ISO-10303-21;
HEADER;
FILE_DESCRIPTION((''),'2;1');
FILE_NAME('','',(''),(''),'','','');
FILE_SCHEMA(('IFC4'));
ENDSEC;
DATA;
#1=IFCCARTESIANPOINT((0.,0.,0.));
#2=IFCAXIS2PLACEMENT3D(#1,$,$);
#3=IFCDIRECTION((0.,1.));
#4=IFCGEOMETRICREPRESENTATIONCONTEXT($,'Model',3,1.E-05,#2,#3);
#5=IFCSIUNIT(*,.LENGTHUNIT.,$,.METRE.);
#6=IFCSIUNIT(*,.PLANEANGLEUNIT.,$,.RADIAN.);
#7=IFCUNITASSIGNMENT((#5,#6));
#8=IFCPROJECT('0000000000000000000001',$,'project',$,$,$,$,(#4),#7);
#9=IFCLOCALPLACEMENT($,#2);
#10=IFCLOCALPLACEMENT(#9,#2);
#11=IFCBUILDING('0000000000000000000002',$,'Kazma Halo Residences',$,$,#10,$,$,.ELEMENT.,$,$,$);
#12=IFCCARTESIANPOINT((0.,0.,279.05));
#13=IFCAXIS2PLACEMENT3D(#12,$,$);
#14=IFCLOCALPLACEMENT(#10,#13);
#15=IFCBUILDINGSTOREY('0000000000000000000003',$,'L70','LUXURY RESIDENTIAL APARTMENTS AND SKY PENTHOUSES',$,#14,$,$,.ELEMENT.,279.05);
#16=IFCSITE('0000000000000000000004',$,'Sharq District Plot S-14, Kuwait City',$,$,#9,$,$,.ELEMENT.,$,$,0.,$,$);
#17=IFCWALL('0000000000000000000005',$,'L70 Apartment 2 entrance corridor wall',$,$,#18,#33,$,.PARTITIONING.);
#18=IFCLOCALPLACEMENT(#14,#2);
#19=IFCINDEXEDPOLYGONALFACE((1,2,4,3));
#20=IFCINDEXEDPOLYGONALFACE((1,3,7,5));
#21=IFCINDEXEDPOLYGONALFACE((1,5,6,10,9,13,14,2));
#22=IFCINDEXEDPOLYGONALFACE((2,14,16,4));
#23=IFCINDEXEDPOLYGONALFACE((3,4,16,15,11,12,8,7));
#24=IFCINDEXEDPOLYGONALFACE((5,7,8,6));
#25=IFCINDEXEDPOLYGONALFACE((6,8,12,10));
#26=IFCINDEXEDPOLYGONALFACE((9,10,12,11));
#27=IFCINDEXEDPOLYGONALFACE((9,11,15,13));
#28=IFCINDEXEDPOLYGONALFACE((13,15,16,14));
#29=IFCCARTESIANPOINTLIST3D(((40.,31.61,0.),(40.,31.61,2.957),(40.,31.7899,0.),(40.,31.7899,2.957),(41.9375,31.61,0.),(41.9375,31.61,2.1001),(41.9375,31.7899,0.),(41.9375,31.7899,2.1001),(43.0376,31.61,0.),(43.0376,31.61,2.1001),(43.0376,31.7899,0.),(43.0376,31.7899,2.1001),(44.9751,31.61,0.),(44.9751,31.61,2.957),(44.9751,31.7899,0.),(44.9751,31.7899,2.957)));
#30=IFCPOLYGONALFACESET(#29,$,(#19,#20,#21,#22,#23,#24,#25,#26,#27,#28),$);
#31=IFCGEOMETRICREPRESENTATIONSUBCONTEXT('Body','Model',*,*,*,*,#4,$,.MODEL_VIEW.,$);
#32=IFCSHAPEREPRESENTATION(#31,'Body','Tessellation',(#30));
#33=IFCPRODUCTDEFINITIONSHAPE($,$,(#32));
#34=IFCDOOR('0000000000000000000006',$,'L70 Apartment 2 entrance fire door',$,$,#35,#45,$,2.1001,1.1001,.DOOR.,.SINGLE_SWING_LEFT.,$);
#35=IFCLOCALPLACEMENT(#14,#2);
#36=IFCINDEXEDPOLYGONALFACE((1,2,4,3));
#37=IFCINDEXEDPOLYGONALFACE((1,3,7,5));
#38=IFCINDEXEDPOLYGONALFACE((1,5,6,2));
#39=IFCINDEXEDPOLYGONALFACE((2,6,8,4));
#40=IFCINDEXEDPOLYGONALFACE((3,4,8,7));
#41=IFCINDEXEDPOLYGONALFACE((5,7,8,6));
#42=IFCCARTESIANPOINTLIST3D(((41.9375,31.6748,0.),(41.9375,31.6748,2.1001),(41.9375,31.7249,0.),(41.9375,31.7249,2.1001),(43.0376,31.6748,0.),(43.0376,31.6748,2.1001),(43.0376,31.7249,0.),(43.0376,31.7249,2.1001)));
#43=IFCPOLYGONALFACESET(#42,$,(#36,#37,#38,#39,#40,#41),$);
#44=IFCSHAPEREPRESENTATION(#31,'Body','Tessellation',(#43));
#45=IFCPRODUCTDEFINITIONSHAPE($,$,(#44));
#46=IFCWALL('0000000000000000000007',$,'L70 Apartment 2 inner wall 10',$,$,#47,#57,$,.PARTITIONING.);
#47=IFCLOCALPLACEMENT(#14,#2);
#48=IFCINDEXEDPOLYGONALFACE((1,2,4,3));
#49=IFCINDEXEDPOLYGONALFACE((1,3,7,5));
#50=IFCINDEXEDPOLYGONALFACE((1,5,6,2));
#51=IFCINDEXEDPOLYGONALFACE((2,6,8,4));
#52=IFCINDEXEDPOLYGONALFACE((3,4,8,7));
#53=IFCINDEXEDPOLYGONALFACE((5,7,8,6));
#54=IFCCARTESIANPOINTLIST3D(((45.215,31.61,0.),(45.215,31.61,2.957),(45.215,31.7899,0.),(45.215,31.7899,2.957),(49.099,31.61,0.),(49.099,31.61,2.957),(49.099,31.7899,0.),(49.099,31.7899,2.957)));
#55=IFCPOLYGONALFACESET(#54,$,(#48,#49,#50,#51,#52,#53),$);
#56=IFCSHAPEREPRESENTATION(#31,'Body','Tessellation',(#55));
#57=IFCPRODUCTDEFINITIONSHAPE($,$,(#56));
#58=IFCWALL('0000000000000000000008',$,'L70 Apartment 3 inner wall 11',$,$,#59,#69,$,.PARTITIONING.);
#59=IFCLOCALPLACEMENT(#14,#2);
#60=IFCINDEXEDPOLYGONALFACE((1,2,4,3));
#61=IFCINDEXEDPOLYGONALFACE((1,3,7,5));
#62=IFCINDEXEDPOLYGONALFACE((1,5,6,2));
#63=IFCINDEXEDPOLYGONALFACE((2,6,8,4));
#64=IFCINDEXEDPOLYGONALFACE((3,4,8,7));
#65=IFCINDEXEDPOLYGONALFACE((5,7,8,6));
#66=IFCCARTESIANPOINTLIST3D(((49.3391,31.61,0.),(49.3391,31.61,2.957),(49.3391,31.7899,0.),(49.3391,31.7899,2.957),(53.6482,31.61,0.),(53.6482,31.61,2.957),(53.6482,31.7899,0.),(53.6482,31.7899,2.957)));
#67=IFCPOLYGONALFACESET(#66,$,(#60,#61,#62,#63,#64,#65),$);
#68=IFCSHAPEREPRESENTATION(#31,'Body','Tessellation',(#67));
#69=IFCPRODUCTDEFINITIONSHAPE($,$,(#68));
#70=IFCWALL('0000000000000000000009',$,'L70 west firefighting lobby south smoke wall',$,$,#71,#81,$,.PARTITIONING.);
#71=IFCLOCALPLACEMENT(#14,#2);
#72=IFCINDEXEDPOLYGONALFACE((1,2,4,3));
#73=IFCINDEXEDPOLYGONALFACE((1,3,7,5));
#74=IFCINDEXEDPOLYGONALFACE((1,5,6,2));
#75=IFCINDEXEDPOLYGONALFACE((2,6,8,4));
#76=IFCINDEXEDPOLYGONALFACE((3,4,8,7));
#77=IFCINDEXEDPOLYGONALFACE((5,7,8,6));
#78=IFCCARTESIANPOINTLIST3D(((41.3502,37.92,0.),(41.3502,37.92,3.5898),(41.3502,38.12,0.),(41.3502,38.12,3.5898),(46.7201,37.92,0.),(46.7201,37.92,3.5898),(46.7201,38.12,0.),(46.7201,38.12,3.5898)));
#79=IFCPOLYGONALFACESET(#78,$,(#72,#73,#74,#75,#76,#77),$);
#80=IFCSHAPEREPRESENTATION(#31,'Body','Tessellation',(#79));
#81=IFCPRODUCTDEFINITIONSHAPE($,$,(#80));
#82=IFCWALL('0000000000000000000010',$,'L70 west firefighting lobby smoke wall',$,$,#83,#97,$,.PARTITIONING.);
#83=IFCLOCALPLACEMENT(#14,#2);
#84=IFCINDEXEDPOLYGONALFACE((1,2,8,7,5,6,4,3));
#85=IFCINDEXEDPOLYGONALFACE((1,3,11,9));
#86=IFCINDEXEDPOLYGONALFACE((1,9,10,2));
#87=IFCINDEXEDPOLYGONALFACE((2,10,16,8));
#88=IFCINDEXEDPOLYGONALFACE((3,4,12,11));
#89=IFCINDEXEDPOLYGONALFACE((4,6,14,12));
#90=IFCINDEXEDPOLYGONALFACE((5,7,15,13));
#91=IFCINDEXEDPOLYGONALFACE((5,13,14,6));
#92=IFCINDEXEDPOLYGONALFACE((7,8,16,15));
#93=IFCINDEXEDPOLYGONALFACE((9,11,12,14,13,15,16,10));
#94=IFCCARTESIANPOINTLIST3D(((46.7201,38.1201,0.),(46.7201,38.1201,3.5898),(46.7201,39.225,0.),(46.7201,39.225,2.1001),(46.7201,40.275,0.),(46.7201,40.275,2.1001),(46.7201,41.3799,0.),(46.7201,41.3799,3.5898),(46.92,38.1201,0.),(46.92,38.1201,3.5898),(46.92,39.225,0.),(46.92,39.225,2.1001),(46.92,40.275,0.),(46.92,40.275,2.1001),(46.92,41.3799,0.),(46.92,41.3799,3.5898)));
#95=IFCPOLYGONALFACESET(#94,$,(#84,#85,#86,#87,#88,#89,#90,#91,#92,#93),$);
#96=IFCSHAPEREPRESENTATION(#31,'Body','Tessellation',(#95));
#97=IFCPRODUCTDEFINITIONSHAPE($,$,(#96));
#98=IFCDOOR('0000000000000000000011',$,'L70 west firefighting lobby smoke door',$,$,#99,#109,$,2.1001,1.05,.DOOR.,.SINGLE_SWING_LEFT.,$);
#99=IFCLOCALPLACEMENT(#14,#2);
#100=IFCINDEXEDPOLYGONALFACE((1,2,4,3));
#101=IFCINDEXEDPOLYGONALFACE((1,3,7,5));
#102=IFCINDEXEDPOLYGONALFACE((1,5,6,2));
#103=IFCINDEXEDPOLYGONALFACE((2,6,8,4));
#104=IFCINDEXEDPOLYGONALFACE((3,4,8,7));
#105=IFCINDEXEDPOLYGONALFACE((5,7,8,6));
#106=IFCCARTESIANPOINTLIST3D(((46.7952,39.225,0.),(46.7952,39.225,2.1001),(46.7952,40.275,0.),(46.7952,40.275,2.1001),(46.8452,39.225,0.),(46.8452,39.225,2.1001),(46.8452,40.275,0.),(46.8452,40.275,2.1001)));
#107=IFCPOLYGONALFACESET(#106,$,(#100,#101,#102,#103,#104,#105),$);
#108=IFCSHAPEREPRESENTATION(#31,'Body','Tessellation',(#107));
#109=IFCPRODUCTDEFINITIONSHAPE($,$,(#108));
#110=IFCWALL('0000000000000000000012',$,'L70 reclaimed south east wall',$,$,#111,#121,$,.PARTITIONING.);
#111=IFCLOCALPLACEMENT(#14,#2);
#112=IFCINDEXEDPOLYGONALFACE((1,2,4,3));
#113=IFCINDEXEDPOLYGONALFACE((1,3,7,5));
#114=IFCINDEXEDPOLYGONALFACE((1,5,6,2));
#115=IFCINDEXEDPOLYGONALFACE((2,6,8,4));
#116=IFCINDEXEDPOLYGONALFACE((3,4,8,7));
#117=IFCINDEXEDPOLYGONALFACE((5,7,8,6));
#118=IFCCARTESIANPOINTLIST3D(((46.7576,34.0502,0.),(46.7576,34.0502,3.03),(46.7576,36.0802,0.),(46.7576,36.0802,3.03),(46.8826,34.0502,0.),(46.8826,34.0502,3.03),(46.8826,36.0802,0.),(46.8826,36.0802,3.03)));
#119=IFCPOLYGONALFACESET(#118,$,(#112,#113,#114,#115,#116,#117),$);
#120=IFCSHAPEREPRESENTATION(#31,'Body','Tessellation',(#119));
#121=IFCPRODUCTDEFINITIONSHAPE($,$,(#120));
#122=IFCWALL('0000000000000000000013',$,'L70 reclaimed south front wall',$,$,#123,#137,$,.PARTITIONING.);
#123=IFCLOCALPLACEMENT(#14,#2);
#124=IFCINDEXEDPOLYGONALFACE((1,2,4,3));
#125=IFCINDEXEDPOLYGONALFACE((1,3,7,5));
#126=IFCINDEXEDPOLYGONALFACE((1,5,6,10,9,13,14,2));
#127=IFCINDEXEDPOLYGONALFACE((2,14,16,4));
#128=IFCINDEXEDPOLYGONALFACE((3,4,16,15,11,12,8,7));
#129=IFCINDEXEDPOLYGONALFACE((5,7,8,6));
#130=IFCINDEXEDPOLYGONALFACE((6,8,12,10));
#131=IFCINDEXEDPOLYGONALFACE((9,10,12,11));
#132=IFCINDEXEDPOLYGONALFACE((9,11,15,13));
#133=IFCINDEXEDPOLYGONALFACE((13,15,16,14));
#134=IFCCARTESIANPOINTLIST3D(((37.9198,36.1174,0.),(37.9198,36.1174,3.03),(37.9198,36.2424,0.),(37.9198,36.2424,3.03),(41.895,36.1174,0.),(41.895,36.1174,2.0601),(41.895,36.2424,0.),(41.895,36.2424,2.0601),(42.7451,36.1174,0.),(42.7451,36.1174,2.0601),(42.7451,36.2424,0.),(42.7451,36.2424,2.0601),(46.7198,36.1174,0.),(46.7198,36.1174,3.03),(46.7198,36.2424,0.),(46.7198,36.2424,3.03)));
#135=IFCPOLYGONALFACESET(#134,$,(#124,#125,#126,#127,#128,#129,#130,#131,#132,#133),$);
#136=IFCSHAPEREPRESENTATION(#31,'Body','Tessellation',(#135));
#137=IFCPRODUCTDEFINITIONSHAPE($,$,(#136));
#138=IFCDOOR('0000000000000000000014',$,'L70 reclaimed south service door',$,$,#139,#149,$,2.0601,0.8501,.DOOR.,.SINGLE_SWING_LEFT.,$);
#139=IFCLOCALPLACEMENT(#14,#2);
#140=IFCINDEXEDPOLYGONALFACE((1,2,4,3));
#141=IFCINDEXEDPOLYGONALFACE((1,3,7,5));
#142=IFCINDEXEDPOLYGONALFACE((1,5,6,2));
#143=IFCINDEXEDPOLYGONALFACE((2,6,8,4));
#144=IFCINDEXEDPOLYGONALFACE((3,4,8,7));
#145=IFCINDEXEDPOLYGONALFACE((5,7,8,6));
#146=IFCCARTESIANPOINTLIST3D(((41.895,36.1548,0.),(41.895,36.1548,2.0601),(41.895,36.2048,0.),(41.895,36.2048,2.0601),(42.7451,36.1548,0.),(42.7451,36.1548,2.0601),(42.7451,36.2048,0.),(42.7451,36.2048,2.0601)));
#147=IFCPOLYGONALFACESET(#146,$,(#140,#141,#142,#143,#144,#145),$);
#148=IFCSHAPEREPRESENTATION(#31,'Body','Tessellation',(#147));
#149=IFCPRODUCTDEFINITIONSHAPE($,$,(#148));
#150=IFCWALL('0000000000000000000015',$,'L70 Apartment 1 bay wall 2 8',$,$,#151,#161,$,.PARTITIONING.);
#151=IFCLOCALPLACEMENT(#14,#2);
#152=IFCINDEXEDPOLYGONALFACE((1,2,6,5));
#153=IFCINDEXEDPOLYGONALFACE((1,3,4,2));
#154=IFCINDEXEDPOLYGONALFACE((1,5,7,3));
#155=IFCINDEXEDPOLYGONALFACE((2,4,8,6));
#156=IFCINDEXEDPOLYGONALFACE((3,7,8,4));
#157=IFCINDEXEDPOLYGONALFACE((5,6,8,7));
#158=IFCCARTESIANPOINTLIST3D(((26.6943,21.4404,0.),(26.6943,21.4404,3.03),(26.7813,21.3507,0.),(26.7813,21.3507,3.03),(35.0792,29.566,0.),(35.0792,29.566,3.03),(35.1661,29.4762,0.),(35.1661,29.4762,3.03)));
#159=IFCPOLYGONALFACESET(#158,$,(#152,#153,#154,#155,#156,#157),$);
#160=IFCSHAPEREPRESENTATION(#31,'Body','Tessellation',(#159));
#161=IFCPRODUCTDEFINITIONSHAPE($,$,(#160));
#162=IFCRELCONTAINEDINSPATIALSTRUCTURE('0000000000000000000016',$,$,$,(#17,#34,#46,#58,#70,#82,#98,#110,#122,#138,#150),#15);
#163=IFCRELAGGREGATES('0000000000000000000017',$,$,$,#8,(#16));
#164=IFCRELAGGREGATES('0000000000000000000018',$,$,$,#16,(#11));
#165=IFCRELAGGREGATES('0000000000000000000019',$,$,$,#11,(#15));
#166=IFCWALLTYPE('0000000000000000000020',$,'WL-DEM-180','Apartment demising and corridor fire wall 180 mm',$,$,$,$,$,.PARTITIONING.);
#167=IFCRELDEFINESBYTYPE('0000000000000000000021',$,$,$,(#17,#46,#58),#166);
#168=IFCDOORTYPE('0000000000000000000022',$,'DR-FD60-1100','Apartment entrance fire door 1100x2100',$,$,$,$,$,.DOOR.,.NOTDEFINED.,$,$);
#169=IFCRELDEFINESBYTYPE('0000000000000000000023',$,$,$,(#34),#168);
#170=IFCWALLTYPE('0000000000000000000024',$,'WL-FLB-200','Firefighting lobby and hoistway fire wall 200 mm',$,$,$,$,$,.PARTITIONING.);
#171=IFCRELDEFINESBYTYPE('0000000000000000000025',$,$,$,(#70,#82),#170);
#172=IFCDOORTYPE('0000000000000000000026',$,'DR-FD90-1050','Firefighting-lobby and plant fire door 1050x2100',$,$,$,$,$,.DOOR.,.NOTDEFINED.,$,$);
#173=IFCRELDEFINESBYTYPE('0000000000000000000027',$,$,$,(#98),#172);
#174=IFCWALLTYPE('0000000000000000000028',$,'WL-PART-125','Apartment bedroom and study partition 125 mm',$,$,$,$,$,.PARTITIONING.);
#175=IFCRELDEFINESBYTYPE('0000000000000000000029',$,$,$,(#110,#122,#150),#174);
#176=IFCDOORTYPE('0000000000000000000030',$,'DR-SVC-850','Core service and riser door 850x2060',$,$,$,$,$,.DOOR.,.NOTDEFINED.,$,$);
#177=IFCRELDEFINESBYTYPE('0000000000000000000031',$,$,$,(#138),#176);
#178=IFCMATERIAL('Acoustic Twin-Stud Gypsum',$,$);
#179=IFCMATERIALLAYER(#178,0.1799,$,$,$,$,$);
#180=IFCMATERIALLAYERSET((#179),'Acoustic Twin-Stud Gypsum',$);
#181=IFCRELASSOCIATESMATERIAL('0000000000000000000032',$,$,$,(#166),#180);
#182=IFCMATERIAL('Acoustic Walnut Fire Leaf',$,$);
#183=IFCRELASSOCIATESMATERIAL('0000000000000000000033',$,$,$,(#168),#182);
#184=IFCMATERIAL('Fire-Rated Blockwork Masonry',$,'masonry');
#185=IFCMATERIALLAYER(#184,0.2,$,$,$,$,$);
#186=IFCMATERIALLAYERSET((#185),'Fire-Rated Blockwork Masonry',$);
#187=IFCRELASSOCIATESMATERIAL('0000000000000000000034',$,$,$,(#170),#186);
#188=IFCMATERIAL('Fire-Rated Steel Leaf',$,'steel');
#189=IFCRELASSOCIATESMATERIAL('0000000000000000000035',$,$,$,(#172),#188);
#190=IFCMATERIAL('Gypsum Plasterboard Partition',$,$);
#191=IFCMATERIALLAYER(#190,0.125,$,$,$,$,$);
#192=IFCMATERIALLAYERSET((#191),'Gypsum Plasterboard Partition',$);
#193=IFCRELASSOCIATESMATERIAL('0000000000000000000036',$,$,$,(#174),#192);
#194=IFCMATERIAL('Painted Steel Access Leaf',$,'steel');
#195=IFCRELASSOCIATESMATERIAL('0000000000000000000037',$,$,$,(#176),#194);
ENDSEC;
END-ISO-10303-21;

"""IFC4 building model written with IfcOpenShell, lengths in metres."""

from ifc_helpers import new_model, si_unit, direction, frame, frame_2d, origin, place, context, subcontext, project, spatial, rectangle, extrude, material, layer, layer_set, type_object, element, fill, save


model = new_model("IFC4")

# Units and contexts
model_context = context("Model", 3, precision=1e-05, world=origin(), true_north=direction((0.0, 1.0)))
body_context = subcontext(model_context, "Body", "Model", "MODEL_VIEW")
ifc_project = project(units=[si_unit("LENGTHUNIT", "METRE"), si_unit("PLANEANGLEUNIT", "RADIAN")], contexts=[model_context])

# Site, building, storey
site_placement = place(None, origin())
site = spatial("IfcSite", under=ifc_project, at=site_placement, Name="Sharq District Plot S-14, Kuwait City", CompositionType="ELEMENT", RefElevation=0.0)
building_placement = place(site_placement, origin())
building = spatial("IfcBuilding", under=site, at=building_placement, Name="Kazma Halo Residences", CompositionType="ELEMENT")
storey_placement = place(building_placement, frame((0.0, 0.0, 279.05)))
storey = spatial("IfcBuildingStorey", under=building, at=storey_placement, Name="L70", Description="LUXURY RESIDENTIAL APARTMENTS AND SKY PENTHOUSES", CompositionType="ELEMENT", Elevation=279.05)

# Shared definitions
ifc_material_1 = material(Name="Acoustic Twin-Stud Gypsum")
ifc_layer_1 = layer(ifc_material_1, 0.1799)
ifc_layer_set_1 = layer_set([ifc_layer_1], Name="Acoustic Twin-Stud Gypsum")
wall_type_1 = type_object("IfcWallType", Name="WL-DEM-180", Description="Apartment demising and corridor fire wall 180 mm", PredefinedType="PARTITIONING", material=ifc_layer_set_1)

# Wall, opening, door
wall_1_placement = place(storey_placement, frame((40.0, 31.7, 0.0), z_axis=(0.0, 0.0, 1.0), x_axis=(1.0, 0.0, 0.0)))
wall_1 = element("IfcWall", 1, at=wall_1_placement, inside=storey, type_object=wall_type_1, Name="L70 Apartment 2 entrance corridor wall", PredefinedType="PARTITIONING", context=body_context, shape_type="SweptSolid", body=[
    extrude(rectangle(XDim=4.9751, YDim=0.1799, at=frame_2d((2.4875, 0.0))), origin(), (0.0, 0.0, 1.0), 2.957),
])
opening_1_placement = place(wall_1_placement, frame((1.9375, 0.0, 0.0)))
opening_1 = element("IfcOpeningElement", 2, at=opening_1_placement, cuts=wall_1, PredefinedType="OPENING", context=body_context, shape_type="SweptSolid", body=[
    extrude(rectangle(XDim=1.1001, YDim=2.1001, at=frame_2d((0.55, 1.05))), frame((0.0, 0.0999, 0.0), z_axis=(0.0, -1.0, 0.0), x_axis=(1.0, 0.0, 0.0)), (0.0, 0.0, 1.0), 0.2),
])
ifc_material_2 = material(Name="Acoustic Walnut Fire Leaf")
door_type_1 = type_object("IfcDoorType", Name="DR-FD60-1100", Description="Apartment entrance fire door 1100x2100", OperationType="NOTDEFINED", PredefinedType="DOOR", material=ifc_material_2)
door_1_placement = place(opening_1_placement, origin())
door_1 = element("IfcDoor", 3, at=door_1_placement, inside=storey, type_object=door_type_1, Name="L70 Apartment 2 entrance fire door", OperationType="SINGLE_SWING_LEFT", OverallHeight=2.1001, OverallWidth=1.1001, PredefinedType="DOOR", context=body_context, shape_type="SweptSolid", body=[
    extrude(rectangle(XDim=1.1001, YDim=2.1001, at=frame_2d((0.55, 1.05))), frame((0.0, 0.0249, 0.0), z_axis=(0.0, -1.0, 0.0), x_axis=(1.0, 0.0, 0.0)), (0.0, 0.0, 1.0), 0.05),
])
fill(opening_1, door_1)

# Walls
wall_2_placement = place(storey_placement, frame((45.2151, 31.7, 0.0), z_axis=(0.0, 0.0, 1.0), x_axis=(1.0, 0.0, 0.0)))
element("IfcWall", 4, at=wall_2_placement, inside=storey, type_object=wall_type_1, Name="L70 Apartment 2 inner wall 10", PredefinedType="PARTITIONING", context=body_context, shape_type="SweptSolid", body=[
    extrude(rectangle(XDim=3.884, YDim=0.1799, at=frame_2d((1.9419, 0.0))), origin(), (0.0, 0.0, 1.0), 2.957),
])
wall_3_placement = place(storey_placement, frame((49.3391, 31.7, 0.0), z_axis=(0.0, 0.0, 1.0), x_axis=(1.0, 0.0, 0.0)))
element("IfcWall", 5, at=wall_3_placement, inside=storey, type_object=wall_type_1, Name="L70 Apartment 3 inner wall 11", PredefinedType="PARTITIONING", context=body_context, shape_type="SweptSolid", body=[
    extrude(rectangle(XDim=4.3091, YDim=0.1799, at=frame_2d((2.1545, 0.0))), origin(), (0.0, 0.0, 1.0), 2.957),
])
ifc_material_3 = material(Name="Fire-Rated Blockwork Masonry", Category="masonry")
ifc_layer_2 = layer(ifc_material_3, 0.2)
ifc_layer_set_2 = layer_set([ifc_layer_2], Name="Fire-Rated Blockwork Masonry")
wall_type_2 = type_object("IfcWallType", Name="WL-FLB-200", Description="Firefighting lobby and hoistway fire wall 200 mm", PredefinedType="PARTITIONING", material=ifc_layer_set_2)
wall_4_placement = place(storey_placement, frame((41.3501, 38.02, 0.0), z_axis=(0.0, 0.0, 1.0), x_axis=(1.0, 0.0, 0.0)))
element("IfcWall", 6, at=wall_4_placement, inside=storey, type_object=wall_type_2, Name="L70 west firefighting lobby south smoke wall", PredefinedType="PARTITIONING", context=body_context, shape_type="SweptSolid", body=[
    extrude(rectangle(XDim=5.3699, YDim=0.2, at=frame_2d((2.6851, 0.0))), origin(), (0.0, 0.0, 1.0), 3.5898),
])

# Wall, opening, door
wall_5_placement = place(storey_placement, frame((46.8201, 38.1201, 0.0), z_axis=(0.0, 0.0, 1.0), x_axis=(0.0, 1.0, 0.0)))
wall_5 = element("IfcWall", 7, at=wall_5_placement, inside=storey, type_object=wall_type_2, Name="L70 west firefighting lobby smoke wall", PredefinedType="PARTITIONING", context=body_context, shape_type="SweptSolid", body=[
    extrude(rectangle(XDim=3.2598, YDim=0.2, at=frame_2d((1.6299, 0.0))), origin(), (0.0, 0.0, 1.0), 3.5898),
])
opening_2_placement = place(wall_5_placement, frame((1.105, 0.0, 0.0)))
opening_2 = element("IfcOpeningElement", 8, at=opening_2_placement, cuts=wall_5, PredefinedType="OPENING", context=body_context, shape_type="SweptSolid", body=[
    extrude(rectangle(XDim=1.05, YDim=2.1001, at=frame_2d((0.5249, 1.05))), frame((0.0, 0.1099, 0.0), z_axis=(0.0, -1.0, 0.0), x_axis=(1.0, 0.0, 0.0)), (0.0, 0.0, 1.0), 0.22),
])
ifc_material_4 = material(Name="Fire-Rated Steel Leaf", Category="steel")
door_type_2 = type_object("IfcDoorType", Name="DR-FD90-1050", Description="Firefighting-lobby and plant fire door 1050x2100", OperationType="NOTDEFINED", PredefinedType="DOOR", material=ifc_material_4)
door_2_placement = place(opening_2_placement, origin())
door_2 = element("IfcDoor", 9, at=door_2_placement, inside=storey, type_object=door_type_2, Name="L70 west firefighting lobby smoke door", OperationType="SINGLE_SWING_LEFT", OverallHeight=2.1001, OverallWidth=1.05, PredefinedType="DOOR", context=body_context, shape_type="SweptSolid", body=[
    extrude(rectangle(XDim=1.05, YDim=2.1001, at=frame_2d((0.5249, 1.05))), frame((0.0, 0.0249, 0.0), z_axis=(0.0, -1.0, 0.0), x_axis=(1.0, 0.0, 0.0)), (0.0, 0.0, 1.0), 0.05),
])
fill(opening_2, door_2)

# Wall
ifc_material_5 = material(Name="Gypsum Plasterboard Partition")
ifc_layer_3 = layer(ifc_material_5, 0.125)
ifc_layer_set_3 = layer_set([ifc_layer_3], Name="Gypsum Plasterboard Partition")
wall_type_3 = type_object("IfcWallType", Name="WL-PART-125", Description="Apartment bedroom and study partition 125 mm", PredefinedType="PARTITIONING", material=ifc_layer_set_3)
wall_6_placement = place(storey_placement, frame((46.8201, 34.05, 0.0), z_axis=(0.0, 0.0, 1.0), x_axis=(0.0, 1.0, 0.0)))
element("IfcWall", 10, at=wall_6_placement, inside=storey, type_object=wall_type_3, Name="L70 reclaimed south east wall", PredefinedType="PARTITIONING", context=body_context, shape_type="SweptSolid", body=[
    extrude(rectangle(XDim=2.03, YDim=0.125, at=frame_2d((1.0151, 0.0))), origin(), (0.0, 0.0, 1.0), 3.03),
])

# Wall, opening, door
wall_7_placement = place(storey_placement, frame((37.9199, 36.1799, 0.0), z_axis=(0.0, 0.0, 1.0), x_axis=(1.0, 0.0, 0.0)))
wall_7 = element("IfcWall", 11, at=wall_7_placement, inside=storey, type_object=wall_type_3, Name="L70 reclaimed south front wall", PredefinedType="PARTITIONING", context=body_context, shape_type="SweptSolid", body=[
    extrude(rectangle(XDim=8.8, YDim=0.125, at=frame_2d((4.3999, 0.0))), origin(), (0.0, 0.0, 1.0), 3.03),
])
opening_3_placement = place(wall_7_placement, frame((3.9751, 0.0, 0.0)))
opening_3 = element("IfcOpeningElement", 12, at=opening_3_placement, cuts=wall_7, PredefinedType="OPENING", context=body_context, shape_type="SweptSolid", body=[
    extrude(rectangle(XDim=0.8501, YDim=2.0601, at=frame_2d((0.425, 1.03))), frame((0.0, 0.0725, 0.0), z_axis=(0.0, -1.0, 0.0), x_axis=(1.0, 0.0, 0.0)), (0.0, 0.0, 1.0), 0.145),
])
ifc_material_6 = material(Name="Painted Steel Access Leaf", Category="steel")
door_type_3 = type_object("IfcDoorType", Name="DR-SVC-850", Description="Core service and riser door 850x2060", OperationType="NOTDEFINED", PredefinedType="DOOR", material=ifc_material_6)
door_3_placement = place(opening_3_placement, origin())
door_3 = element("IfcDoor", 13, at=door_3_placement, inside=storey, type_object=door_type_3, Name="L70 reclaimed south service door", OperationType="SINGLE_SWING_LEFT", OverallHeight=2.0601, OverallWidth=0.8501, PredefinedType="DOOR", context=body_context, shape_type="SweptSolid", body=[
    extrude(rectangle(XDim=0.8501, YDim=2.0601, at=frame_2d((0.425, 1.03))), frame((0.0, 0.0249, 0.0), z_axis=(0.0, -1.0, 0.0), x_axis=(1.0, 0.0, 0.0)), (0.0, 0.0, 1.0), 0.05),
])
fill(opening_3, door_3)

# Wall
wall_8_placement = place(storey_placement, frame((35.1226, 29.521, 0.0), z_axis=(0.0, 0.0, 1.0), x_axis=(-0.718123, -0.695917, 0.0)))
element("IfcWall", 14, at=wall_8_placement, inside=storey, type_object=wall_type_3, Name="L70 Apartment 1 bay wall 2 8", PredefinedType="PARTITIONING", context=body_context, shape_type="SweptSolid", body=[
    extrude(rectangle(XDim=11.676, YDim=0.125, at=frame_2d((5.8379, 0.0))), origin(), (0.0, 0.0, 1.0), 3.03),
])

save(model, "model.ifc")
